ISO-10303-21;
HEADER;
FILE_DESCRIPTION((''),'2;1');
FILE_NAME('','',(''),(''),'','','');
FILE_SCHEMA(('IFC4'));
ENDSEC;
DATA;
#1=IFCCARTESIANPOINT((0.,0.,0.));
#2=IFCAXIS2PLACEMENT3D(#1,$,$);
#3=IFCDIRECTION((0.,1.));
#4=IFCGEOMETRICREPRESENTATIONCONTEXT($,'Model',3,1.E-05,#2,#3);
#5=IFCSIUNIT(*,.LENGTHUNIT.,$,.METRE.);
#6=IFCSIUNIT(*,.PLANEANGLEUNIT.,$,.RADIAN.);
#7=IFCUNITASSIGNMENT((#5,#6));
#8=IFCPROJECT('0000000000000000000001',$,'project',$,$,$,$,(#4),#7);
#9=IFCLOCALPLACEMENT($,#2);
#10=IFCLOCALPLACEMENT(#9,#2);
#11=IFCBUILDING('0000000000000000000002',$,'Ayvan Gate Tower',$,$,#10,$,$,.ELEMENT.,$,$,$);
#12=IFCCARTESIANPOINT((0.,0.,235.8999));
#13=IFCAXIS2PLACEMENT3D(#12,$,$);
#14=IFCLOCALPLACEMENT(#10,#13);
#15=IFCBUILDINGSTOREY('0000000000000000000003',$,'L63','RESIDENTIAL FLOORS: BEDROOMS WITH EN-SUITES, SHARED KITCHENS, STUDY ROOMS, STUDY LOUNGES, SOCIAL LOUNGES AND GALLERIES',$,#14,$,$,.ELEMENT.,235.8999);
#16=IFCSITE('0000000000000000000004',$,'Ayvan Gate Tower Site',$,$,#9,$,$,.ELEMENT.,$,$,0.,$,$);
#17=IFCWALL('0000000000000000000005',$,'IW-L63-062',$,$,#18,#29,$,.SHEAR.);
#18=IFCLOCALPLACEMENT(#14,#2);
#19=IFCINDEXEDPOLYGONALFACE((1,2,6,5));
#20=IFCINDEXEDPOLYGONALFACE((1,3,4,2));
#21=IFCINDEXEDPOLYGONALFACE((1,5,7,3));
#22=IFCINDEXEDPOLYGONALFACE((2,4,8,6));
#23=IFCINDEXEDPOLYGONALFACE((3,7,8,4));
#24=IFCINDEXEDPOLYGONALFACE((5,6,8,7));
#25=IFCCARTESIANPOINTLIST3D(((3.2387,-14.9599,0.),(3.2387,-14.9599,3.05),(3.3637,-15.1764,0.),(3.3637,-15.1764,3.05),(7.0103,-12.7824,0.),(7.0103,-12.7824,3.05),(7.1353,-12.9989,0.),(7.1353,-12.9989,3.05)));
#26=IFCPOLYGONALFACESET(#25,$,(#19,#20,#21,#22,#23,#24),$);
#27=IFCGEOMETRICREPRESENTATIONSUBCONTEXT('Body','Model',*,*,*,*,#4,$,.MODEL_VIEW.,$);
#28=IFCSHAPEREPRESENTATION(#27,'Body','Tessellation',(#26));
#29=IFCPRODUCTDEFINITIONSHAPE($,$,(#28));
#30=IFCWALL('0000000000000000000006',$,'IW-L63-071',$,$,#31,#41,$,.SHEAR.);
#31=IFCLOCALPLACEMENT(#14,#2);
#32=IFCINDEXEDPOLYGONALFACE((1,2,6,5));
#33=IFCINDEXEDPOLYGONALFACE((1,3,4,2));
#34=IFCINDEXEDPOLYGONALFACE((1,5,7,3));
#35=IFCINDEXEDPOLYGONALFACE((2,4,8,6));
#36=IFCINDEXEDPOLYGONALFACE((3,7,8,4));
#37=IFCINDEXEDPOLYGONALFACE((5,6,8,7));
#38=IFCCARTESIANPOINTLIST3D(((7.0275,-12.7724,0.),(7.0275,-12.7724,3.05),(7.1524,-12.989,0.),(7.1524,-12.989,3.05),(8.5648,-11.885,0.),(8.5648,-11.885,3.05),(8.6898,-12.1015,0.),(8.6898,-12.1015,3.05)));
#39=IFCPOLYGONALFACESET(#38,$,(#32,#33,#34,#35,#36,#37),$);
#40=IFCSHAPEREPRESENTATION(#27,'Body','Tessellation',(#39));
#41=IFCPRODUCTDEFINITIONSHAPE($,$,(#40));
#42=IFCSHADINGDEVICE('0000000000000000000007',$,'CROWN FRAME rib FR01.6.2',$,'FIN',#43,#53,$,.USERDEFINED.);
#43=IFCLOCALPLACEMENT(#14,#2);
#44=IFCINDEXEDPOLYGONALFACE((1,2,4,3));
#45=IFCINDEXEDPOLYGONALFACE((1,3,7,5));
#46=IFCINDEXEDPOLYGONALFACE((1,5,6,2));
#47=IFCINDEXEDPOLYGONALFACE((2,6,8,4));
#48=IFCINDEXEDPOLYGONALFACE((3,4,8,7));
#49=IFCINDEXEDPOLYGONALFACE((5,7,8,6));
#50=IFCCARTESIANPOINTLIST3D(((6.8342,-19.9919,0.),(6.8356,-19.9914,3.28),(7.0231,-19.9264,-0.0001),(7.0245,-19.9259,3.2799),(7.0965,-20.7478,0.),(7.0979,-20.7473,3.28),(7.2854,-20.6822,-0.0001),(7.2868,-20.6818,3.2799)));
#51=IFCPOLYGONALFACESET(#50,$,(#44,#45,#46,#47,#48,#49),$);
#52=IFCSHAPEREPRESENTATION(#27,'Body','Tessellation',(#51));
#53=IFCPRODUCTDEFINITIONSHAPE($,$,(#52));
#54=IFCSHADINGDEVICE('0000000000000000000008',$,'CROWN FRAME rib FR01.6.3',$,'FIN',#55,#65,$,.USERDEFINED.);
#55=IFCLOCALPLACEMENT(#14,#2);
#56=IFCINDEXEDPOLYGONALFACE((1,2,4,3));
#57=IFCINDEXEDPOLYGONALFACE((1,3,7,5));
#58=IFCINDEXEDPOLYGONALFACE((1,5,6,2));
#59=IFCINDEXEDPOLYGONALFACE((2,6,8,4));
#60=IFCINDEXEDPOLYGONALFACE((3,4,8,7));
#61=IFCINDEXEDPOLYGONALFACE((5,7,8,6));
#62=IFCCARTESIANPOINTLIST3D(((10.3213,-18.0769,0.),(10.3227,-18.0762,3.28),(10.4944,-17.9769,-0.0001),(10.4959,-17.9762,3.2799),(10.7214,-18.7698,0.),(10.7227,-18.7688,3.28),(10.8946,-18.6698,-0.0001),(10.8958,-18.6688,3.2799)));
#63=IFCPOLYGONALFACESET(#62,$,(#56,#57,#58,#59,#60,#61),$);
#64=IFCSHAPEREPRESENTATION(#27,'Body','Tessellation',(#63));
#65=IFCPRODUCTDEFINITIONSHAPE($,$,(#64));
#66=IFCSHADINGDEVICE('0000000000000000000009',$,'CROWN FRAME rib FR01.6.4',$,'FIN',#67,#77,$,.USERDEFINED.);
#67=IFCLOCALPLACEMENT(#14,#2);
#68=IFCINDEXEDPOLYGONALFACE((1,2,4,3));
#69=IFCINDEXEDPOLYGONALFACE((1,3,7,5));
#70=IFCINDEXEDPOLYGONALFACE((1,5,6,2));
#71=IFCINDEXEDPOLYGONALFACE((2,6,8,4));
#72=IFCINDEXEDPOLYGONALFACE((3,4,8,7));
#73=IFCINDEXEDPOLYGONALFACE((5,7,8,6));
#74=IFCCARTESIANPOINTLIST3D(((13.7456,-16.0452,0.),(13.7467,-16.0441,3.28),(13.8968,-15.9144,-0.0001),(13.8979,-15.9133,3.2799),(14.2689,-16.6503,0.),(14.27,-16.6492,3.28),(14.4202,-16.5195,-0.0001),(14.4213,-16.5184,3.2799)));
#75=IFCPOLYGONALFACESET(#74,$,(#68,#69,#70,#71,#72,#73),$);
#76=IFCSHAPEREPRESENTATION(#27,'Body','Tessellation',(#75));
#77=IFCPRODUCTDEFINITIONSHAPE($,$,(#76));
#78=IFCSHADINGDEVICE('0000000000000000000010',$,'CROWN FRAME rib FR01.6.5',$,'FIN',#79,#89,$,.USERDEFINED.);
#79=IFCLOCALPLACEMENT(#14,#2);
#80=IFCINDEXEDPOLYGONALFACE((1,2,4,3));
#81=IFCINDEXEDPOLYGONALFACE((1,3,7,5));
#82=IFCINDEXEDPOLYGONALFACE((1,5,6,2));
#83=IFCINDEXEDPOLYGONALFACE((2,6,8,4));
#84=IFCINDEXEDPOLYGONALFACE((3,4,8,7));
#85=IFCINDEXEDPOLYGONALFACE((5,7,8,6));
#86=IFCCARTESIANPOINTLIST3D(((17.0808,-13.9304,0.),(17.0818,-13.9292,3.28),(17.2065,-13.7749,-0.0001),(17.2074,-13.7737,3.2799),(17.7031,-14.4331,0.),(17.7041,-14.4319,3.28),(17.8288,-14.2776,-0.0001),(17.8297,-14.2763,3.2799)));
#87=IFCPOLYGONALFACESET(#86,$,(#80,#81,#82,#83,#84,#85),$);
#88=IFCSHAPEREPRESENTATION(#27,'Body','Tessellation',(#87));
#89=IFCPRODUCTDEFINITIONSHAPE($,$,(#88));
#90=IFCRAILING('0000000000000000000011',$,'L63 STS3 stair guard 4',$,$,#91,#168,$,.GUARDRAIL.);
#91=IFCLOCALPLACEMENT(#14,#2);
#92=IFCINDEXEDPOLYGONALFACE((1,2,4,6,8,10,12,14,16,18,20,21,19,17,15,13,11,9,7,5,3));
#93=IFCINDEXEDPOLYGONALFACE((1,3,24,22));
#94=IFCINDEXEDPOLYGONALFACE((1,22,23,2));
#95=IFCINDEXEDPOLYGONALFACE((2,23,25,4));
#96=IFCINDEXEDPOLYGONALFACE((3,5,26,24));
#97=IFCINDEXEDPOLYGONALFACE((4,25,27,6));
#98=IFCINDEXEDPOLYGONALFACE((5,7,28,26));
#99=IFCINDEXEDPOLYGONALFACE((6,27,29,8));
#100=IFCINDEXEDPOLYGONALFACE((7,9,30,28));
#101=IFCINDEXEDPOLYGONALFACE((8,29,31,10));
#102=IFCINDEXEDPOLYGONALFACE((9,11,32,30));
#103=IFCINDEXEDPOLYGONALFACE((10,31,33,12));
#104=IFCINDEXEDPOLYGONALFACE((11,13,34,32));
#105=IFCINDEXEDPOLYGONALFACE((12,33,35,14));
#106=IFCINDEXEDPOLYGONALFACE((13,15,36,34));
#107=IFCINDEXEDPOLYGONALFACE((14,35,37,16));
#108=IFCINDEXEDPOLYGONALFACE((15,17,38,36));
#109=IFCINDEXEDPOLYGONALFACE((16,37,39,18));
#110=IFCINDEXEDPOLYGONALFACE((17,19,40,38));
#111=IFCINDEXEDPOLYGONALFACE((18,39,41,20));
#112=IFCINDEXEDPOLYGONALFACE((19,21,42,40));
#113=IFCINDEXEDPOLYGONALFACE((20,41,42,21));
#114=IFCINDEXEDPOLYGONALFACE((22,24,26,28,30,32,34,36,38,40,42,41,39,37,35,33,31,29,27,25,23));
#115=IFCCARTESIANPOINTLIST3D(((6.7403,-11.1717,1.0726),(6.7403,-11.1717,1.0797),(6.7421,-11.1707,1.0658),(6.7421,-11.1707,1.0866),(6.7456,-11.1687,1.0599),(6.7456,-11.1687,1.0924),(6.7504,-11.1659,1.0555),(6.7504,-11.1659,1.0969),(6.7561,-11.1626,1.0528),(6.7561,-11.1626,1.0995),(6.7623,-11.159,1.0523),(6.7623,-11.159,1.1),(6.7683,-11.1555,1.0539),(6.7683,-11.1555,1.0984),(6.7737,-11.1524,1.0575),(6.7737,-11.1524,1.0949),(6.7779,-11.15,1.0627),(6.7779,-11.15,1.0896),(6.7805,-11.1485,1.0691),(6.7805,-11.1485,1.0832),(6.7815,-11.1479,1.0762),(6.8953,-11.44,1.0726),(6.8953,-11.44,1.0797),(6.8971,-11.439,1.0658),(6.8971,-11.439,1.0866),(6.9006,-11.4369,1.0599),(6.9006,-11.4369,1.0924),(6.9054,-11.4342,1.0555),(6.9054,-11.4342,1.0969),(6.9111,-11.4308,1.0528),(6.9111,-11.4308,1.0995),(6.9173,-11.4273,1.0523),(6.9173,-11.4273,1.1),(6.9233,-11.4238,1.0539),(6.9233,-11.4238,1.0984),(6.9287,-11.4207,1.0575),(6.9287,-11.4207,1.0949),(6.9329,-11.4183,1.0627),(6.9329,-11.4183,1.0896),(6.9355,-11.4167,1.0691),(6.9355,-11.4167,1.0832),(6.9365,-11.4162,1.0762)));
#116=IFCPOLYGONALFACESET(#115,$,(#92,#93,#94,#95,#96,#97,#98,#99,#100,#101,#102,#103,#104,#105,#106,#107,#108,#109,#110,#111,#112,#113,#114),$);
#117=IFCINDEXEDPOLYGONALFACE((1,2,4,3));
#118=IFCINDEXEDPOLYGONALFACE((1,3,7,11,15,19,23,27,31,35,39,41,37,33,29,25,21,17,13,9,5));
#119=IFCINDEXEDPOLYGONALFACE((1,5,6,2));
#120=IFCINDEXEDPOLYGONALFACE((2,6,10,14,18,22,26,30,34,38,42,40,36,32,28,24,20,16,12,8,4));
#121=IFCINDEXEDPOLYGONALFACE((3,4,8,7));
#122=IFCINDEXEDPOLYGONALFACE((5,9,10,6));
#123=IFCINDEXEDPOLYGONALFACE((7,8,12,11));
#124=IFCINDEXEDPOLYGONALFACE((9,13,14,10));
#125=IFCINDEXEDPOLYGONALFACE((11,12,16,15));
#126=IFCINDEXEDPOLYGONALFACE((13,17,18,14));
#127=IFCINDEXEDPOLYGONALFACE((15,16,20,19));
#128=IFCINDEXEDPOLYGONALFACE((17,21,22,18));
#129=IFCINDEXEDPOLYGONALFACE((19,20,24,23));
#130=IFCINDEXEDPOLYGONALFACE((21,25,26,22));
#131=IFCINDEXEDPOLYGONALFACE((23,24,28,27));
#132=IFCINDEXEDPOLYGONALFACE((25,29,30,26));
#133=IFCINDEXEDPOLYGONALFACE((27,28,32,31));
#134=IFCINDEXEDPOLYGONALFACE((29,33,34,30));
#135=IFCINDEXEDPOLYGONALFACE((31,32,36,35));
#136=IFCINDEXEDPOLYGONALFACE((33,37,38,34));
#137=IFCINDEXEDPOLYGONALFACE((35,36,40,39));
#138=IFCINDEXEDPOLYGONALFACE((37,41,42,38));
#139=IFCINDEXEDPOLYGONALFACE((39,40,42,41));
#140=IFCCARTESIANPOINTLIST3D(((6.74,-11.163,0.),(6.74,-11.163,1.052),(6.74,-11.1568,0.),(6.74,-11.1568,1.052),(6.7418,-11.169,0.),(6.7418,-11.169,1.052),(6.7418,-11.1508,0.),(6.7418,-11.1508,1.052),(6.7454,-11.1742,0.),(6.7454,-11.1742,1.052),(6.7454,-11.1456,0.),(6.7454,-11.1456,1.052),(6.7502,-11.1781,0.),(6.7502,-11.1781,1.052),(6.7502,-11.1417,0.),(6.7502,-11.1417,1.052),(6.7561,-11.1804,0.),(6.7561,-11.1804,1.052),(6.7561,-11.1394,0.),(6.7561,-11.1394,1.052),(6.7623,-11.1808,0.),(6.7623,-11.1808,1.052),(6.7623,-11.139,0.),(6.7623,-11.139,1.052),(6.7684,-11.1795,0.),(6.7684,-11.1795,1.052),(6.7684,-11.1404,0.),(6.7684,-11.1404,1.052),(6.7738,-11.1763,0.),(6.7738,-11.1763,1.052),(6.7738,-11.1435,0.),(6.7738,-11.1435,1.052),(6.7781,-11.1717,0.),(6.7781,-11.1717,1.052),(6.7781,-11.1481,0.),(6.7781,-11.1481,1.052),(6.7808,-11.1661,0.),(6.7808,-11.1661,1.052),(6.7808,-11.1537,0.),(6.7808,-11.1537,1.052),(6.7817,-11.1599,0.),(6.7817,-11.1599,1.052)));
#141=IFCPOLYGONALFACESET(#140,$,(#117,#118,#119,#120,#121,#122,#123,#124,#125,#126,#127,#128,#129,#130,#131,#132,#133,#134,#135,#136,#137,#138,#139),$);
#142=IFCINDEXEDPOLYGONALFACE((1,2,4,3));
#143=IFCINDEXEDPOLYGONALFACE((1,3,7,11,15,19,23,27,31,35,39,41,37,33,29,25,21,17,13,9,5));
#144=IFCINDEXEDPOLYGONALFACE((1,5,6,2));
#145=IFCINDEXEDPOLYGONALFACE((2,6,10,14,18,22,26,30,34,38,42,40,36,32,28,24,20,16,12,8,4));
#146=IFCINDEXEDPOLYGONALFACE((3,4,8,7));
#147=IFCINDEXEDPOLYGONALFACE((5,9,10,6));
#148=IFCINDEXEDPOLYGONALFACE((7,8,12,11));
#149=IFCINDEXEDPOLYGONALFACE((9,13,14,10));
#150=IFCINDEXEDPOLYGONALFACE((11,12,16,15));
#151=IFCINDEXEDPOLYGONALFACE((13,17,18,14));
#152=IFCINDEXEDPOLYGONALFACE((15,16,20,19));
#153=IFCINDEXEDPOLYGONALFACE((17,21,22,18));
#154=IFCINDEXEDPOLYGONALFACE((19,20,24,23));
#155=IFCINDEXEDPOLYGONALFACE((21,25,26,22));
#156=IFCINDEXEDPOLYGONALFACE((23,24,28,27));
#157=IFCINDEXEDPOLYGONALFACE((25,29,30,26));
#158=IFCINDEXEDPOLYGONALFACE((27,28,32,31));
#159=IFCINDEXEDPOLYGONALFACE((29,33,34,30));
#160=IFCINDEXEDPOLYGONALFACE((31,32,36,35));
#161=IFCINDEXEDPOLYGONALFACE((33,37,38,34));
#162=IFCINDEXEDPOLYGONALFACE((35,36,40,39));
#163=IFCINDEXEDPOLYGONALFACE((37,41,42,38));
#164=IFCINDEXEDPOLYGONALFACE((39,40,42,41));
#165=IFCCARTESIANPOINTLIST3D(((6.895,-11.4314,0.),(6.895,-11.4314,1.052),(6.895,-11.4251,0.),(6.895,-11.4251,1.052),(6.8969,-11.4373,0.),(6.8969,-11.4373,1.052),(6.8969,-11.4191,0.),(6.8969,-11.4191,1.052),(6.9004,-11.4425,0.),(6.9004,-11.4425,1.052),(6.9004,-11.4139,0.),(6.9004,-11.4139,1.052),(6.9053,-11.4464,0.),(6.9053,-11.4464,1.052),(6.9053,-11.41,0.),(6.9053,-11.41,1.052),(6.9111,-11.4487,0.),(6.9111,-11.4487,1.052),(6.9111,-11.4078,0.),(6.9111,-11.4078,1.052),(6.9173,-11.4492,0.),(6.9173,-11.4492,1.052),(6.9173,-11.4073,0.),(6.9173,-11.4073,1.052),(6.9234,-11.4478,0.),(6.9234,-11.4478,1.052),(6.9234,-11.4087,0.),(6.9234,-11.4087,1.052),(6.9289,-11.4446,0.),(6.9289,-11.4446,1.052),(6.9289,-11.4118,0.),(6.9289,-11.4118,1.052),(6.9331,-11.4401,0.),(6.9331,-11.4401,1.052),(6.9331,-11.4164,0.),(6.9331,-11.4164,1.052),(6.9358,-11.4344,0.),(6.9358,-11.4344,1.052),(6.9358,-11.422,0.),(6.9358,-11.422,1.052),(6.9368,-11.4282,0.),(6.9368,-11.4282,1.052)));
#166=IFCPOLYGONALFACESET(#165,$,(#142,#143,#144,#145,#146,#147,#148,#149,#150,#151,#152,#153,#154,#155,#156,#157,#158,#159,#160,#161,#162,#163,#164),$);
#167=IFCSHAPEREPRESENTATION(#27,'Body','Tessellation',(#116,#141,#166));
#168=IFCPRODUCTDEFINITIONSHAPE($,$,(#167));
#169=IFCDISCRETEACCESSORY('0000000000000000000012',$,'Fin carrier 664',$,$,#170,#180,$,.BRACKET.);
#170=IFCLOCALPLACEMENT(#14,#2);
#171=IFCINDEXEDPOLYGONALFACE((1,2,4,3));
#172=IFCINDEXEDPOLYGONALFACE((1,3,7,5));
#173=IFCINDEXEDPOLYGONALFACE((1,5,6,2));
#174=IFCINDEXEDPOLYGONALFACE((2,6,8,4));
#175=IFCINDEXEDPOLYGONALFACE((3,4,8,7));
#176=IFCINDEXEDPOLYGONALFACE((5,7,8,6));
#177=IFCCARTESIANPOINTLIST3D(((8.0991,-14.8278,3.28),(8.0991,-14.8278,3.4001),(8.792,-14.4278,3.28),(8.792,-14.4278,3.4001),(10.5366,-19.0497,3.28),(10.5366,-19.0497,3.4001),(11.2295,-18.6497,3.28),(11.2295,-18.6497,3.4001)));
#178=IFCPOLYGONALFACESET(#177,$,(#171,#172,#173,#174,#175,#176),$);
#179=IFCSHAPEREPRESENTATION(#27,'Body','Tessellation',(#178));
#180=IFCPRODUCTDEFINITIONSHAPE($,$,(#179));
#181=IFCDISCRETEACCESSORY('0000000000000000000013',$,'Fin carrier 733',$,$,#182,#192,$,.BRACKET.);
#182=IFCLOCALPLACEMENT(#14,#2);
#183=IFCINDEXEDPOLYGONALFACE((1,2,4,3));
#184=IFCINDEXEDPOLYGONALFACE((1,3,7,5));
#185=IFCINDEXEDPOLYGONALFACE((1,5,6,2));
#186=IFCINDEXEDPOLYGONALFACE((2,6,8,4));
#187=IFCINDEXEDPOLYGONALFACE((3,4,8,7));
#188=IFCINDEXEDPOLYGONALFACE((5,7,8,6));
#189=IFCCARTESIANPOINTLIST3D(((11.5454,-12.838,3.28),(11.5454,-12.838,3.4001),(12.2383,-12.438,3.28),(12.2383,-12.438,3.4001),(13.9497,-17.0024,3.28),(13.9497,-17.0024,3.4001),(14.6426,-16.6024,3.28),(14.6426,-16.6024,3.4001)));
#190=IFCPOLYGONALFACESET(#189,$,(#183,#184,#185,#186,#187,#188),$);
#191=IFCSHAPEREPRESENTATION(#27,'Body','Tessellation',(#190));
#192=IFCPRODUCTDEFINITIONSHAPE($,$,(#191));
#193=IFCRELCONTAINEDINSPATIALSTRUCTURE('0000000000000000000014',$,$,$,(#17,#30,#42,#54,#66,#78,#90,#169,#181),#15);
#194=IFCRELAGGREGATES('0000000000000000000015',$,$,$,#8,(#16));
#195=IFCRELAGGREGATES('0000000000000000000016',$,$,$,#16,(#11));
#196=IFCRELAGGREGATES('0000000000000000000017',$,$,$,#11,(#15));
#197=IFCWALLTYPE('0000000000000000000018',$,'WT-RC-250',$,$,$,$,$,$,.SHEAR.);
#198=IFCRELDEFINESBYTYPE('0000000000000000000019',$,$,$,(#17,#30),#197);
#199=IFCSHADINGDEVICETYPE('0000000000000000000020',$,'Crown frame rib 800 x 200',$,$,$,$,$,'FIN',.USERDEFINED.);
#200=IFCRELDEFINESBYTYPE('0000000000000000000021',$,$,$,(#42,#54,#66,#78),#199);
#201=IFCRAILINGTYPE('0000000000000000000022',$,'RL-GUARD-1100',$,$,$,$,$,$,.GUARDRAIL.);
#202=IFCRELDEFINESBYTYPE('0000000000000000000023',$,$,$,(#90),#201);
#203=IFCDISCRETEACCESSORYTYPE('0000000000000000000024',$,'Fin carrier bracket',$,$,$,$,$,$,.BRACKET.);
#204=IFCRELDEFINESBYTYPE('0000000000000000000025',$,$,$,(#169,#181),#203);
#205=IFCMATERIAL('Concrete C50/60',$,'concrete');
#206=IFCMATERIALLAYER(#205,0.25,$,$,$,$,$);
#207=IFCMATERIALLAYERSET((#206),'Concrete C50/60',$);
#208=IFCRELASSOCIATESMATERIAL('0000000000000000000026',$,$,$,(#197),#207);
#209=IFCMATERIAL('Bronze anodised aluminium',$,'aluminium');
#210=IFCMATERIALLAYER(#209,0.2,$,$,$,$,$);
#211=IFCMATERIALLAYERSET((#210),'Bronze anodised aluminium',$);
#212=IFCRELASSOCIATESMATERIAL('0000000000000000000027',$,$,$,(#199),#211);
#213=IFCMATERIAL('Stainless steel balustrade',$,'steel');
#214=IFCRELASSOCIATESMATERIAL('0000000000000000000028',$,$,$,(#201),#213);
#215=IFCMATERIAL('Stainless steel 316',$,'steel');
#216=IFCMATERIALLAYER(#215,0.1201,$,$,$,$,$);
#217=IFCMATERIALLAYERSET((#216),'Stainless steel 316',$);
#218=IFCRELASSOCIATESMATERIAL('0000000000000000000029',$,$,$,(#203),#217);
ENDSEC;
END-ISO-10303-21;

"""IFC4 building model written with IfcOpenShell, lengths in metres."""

from ifc_helpers import new_model, si_unit, direction, frame, frame_2d, origin, origin_2d, place, context, subcontext, project, spatial, polyline, rectangle, circle, outline, extrude, material, layer, layer_set, type_object, element, save


model = new_model("IFC4")

# Units and contexts
model_context = context("Model", 3, precision=1e-05, world=origin(), true_north=direction((0.0, 1.0)))
body_context = subcontext(model_context, "Body", "Model", "MODEL_VIEW")
ifc_project = project(units=[si_unit("LENGTHUNIT", "METRE"), si_unit("PLANEANGLEUNIT", "RADIAN")], contexts=[model_context])

# Site, building, storey
site_placement = place(None, origin())
site = spatial("IfcSite", under=ifc_project, at=site_placement, Name="Ayvan Gate Tower Site", CompositionType="ELEMENT", RefElevation=0.0)
building_placement = place(site_placement, origin())
building = spatial("IfcBuilding", under=site, at=building_placement, Name="Ayvan Gate Tower", CompositionType="ELEMENT")
storey_placement = place(building_placement, frame((0.0, 0.0, 235.8999)))
storey = spatial("IfcBuildingStorey", under=building, at=storey_placement, Name="L63", Description="RESIDENTIAL FLOORS: BEDROOMS WITH EN-SUITES, SHARED KITCHENS, STUDY ROOMS, STUDY LOUNGES, SOCIAL LOUNGES AND GALLERIES", CompositionType="ELEMENT", Elevation=235.8999)

# Shared definitions
ifc_material_1 = material(Name="Concrete C50/60", Category="concrete")

# Shared definitions
ifc_material_2 = material(Name="Bronze anodised aluminium", Category="aluminium")

# Walls
ifc_layer_1 = layer(ifc_material_1, 0.25)
ifc_layer_set_1 = layer_set([ifc_layer_1], Name="Concrete C50/60")
wall_type = type_object("IfcWallType", Name="WT-RC-250", PredefinedType="SHEAR", material=ifc_layer_set_1)
wall_1_placement = place(storey_placement, frame((7.0728, -12.8906, 0.0), z_axis=(0.0, 0.0, 1.0), x_axis=(-0.866023, -0.500004, 0.0)))
element("IfcWall", 1, at=wall_1_placement, inside=storey, type_object=wall_type, Name="IW-L63-062", PredefinedType="SHEAR", context=body_context, shape_type="SweptSolid", body=[
    extrude(rectangle(XDim=4.355, YDim=0.25, at=frame_2d((2.1775, 0.0))), origin(), (0.0, 0.0, 1.0), 3.05),
])
wall_2_placement = place(storey_placement, frame((8.6274, -11.9932, 0.0), z_axis=(0.0, 0.0, 1.0), x_axis=(-0.86606, -0.499941, 0.0)))
element("IfcWall", 2, at=wall_2_placement, inside=storey, type_object=wall_type, Name="IW-L63-071", PredefinedType="SHEAR", context=body_context, shape_type="SweptSolid", body=[
    extrude(rectangle(XDim=1.7751, YDim=0.25, at=frame_2d((0.8877, 0.0))), origin(), (0.0, 0.0, 1.0), 3.05),
])

# Shading devices
ifc_layer_2 = layer(ifc_material_2, 0.2)
ifc_layer_set_2 = layer_set([ifc_layer_2], Name="Bronze anodised aluminium")
shading_device_type = type_object("IfcShadingDeviceType", Name="Crown frame rib 800 x 200", ElementType="FIN", PredefinedType="USERDEFINED", material=ifc_layer_set_2)
shading_device_1_placement = place(storey_placement, frame((6.8342, -19.9919, 0.0), z_axis=(-0.944721, -0.327875, 0.000436), x_axis=(0.327876, -0.944721, 0.0)))
element("IfcShadingDevice", 3, at=shading_device_1_placement, inside=storey, type_object=shading_device_type, Name="CROWN FRAME rib FR01.6.2", ObjectType="FIN", PredefinedType="USERDEFINED", context=body_context, shape_type="SweptSolid", body=[
    extrude(outline(polyline([(0.0, 0.0), (0.8, 0.0), (0.8001, 3.28), (-0.0001, 3.28), (0.0, 0.0)])), origin(), (0.0, 0.0, -1.0), 0.2),
])
shading_device_2_placement = place(storey_placement, frame((10.3213, -18.0769, 0.0), z_axis=(-0.86599, -0.500061, 0.000485), x_axis=(0.500061, -0.86599, 0.0)))
element("IfcShadingDevice", 4, at=shading_device_2_placement, inside=storey, type_object=shading_device_type, Name="CROWN FRAME rib FR01.6.3", ObjectType="FIN", PredefinedType="USERDEFINED", context=body_context, shape_type="SweptSolid", body=[
    extrude(outline(polyline([(0.0, 0.0), (0.8001, 0.0), (0.7999, 3.28), (0.0001, 3.28), (0.0, 0.0)])), origin(), (0.0, 0.0, -1.0), 0.2),
])
shading_device_3_placement = place(storey_placement, frame((13.7456, -16.0452, 0.0), z_axis=(-0.756373, -0.65414, 0.000472), x_axis=(0.65414, -0.756373, 0.0)))
element("IfcShadingDevice", 5, at=shading_device_3_placement, inside=storey, type_object=shading_device_type, Name="CROWN FRAME rib FR01.6.4", ObjectType="FIN", PredefinedType="USERDEFINED", context=body_context, shape_type="SweptSolid", body=[
    extrude(outline(polyline([(0.0, 0.0), (0.8, 0.0), (0.7999, 3.28), (-0.0001, 3.28), (0.0, 0.0)])), origin(), (0.0, 0.0, -1.0), 0.2),
])
shading_device_4_placement = place(storey_placement, frame((17.0808, -13.9304, 0.0), z_axis=(-0.628373, -0.777912, 0.000477), x_axis=(0.777912, -0.628373, 0.0)))
element("IfcShadingDevice", 6, at=shading_device_4_placement, inside=storey, type_object=shading_device_type, Name="CROWN FRAME rib FR01.6.5", ObjectType="FIN", PredefinedType="USERDEFINED", context=body_context, shape_type="SweptSolid", body=[
    extrude(outline(polyline([(0.0, 0.0), (0.8, 0.0), (0.8, 3.28), (0.0, 3.28), (0.0, 0.0)])), origin(), (0.0, 0.0, -1.0), 0.2),
])

# Railing
ifc_material_3 = material(Name="Stainless steel balustrade", Category="steel")
railing_type = type_object("IfcRailingType", Name="RL-GUARD-1100", PredefinedType="GUARDRAIL", material=ifc_material_3)
railing_placement = place(storey_placement, frame((6.7607, -11.1599, 0.0)))
element("IfcRailing", 7, at=railing_placement, inside=storey, type_object=railing_type, Name="L63 STS3 stair guard 4", PredefinedType="GUARDRAIL", context=body_context, shape_type="SweptSolid", body=[
    extrude(circle(Radius=0.0239, at=origin_2d()), frame((0.0, 0.0, 1.0762), z_axis=(0.500291, -0.865857, 0.0), x_axis=(0.865857, 0.500291, 0.0)), (0.0, 0.0, 1.0), 0.3098),
    extrude(circle(Radius=0.021, at=origin_2d()), origin(), (0.0, 0.0, 1.0), 1.052),
    extrude(circle(Radius=0.021, at=origin_2d()), frame((0.155, -0.2683, 0.0)), (0.0, 0.0, 1.0), 1.052),
])

# Discrete accessories
ifc_material_4 = material(Name="Stainless steel 316", Category="steel")
ifc_layer_3 = layer(ifc_material_4, 0.1201)
ifc_layer_set_3 = layer_set([ifc_layer_3], Name="Stainless steel 316")
discrete_accessory_type = type_object("IfcDiscreteAccessoryType", Name="Fin carrier bracket", PredefinedType="BRACKET", material=ifc_layer_set_3)
discrete_accessory_1_placement = place(storey_placement, frame((9.6643, -16.7388, 3.28), z_axis=(0.0, 0.0, 1.0), x_axis=(0.866025, 0.5, 0.0)))
element("IfcDiscreteAccessory", 8, at=discrete_accessory_1_placement, inside=storey, type_object=discrete_accessory_type, Name="Fin carrier 664", PredefinedType="BRACKET", context=body_context, shape_type="SweptSolid", body=[
    extrude(rectangle(XDim=0.8, YDim=4.875, at=origin_2d()), origin(), (0.0, 0.0, 1.0), 0.1201),
])
discrete_accessory_2_placement = place(storey_placement, frame((13.094, -14.7202, 3.28), z_axis=(0.0, 0.0, 1.0), x_axis=(0.866025, 0.5, 0.0)))
element("IfcDiscreteAccessory", 9, at=discrete_accessory_2_placement, inside=storey, type_object=discrete_accessory_type, Name="Fin carrier 733", PredefinedType="BRACKET", context=body_context, shape_type="SweptSolid", body=[
    extrude(rectangle(XDim=0.8, YDim=4.8086, at=origin_2d()), origin(), (0.0, 0.0, 1.0), 0.1201),
])

save(model, "model.ifc")
